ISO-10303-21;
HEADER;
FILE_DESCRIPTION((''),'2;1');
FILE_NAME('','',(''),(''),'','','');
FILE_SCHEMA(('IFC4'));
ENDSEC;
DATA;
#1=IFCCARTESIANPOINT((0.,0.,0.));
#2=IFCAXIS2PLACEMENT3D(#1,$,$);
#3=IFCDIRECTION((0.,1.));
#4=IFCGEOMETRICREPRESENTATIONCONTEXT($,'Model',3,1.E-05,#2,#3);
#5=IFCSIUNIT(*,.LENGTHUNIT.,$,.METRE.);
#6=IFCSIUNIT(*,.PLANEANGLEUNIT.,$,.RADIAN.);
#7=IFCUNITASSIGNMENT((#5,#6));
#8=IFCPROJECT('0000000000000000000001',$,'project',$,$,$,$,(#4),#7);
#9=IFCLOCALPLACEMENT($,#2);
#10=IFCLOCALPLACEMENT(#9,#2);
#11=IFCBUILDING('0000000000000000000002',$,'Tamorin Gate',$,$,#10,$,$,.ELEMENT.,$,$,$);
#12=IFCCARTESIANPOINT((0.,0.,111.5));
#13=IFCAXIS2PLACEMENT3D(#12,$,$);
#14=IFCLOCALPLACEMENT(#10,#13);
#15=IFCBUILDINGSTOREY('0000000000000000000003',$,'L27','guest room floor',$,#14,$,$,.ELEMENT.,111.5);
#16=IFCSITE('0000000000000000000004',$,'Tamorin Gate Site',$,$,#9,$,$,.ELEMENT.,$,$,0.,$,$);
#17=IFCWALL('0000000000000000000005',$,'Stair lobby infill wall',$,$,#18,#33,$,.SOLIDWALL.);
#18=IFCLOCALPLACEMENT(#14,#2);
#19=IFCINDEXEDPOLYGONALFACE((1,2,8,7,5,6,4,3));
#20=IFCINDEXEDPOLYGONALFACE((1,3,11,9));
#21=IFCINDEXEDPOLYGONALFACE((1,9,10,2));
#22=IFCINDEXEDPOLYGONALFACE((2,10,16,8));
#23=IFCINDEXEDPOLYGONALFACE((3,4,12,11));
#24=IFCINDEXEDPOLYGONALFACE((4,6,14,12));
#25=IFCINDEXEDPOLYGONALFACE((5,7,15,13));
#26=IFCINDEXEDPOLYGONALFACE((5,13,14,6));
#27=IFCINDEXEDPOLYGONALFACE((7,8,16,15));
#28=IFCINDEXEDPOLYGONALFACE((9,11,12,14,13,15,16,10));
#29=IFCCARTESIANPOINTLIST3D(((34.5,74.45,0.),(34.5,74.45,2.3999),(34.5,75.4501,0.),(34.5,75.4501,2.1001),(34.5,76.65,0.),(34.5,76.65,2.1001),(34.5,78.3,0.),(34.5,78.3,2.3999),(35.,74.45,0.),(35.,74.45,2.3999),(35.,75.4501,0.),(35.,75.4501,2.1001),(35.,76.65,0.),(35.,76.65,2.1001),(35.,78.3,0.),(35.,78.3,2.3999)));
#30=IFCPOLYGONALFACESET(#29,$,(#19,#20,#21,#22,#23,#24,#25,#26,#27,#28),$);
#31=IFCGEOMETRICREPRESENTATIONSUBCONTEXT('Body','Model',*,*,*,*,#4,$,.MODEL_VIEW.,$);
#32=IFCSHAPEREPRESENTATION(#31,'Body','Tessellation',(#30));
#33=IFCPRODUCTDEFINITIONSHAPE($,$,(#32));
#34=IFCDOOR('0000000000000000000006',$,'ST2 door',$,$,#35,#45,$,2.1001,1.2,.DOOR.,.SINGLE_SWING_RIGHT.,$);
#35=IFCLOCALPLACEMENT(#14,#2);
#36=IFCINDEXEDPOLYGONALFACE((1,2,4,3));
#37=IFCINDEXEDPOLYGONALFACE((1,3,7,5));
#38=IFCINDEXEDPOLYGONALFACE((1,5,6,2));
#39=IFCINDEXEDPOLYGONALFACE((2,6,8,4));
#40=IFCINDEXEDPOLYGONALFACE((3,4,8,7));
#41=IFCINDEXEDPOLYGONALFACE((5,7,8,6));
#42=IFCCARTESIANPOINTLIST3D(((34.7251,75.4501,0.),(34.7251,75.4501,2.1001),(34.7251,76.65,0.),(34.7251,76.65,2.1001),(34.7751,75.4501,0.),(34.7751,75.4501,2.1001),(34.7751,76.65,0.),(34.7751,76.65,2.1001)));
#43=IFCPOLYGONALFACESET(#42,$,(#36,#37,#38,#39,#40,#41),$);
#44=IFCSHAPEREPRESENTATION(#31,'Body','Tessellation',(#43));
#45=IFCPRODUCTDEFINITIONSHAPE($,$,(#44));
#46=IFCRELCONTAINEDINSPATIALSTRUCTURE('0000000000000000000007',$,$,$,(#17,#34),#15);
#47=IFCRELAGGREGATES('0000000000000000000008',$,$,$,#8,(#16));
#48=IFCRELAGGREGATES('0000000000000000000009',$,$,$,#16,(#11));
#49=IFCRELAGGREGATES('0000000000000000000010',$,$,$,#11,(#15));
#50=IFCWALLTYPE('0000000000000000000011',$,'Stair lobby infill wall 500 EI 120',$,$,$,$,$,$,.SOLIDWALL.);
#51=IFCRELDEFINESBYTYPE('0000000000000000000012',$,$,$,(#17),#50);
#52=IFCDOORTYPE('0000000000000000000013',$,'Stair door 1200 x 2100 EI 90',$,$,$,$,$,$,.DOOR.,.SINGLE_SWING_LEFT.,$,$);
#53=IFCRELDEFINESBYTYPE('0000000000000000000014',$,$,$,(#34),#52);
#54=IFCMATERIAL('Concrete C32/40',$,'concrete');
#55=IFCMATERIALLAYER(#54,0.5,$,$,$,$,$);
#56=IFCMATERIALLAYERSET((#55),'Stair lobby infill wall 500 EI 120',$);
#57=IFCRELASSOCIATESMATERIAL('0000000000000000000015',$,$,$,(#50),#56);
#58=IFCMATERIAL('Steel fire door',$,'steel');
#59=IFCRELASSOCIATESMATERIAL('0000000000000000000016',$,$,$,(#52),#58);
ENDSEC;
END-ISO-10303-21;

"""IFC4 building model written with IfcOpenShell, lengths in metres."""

from ifc_helpers import new_model, si_unit, direction, frame, frame_2d, origin, place, context, subcontext, project, spatial, rectangle, extrude, material, layer, layer_set, type_object, element, fill, save


model = new_model("IFC4")

# Units and contexts
model_context = context("Model", 3, precision=1e-05, world=origin(), true_north=direction((0.0, 1.0)))
body_context = subcontext(model_context, "Body", "Model", "MODEL_VIEW")
ifc_project = project(units=[si_unit("LENGTHUNIT", "METRE"), si_unit("PLANEANGLEUNIT", "RADIAN")], contexts=[model_context])

# Site, building, storey
site_placement = place(None, origin())
site = spatial("IfcSite", under=ifc_project, at=site_placement, Name="Tamorin Gate Site", CompositionType="ELEMENT", RefElevation=0.0)
building_placement = place(site_placement, origin())
building = spatial("IfcBuilding", under=site, at=building_placement, Name="Tamorin Gate", CompositionType="ELEMENT")
storey_placement = place(building_placement, frame((0.0, 0.0, 111.5)))
storey = spatial("IfcBuildingStorey", under=building, at=storey_placement, Name="L27", Description="guest room floor", CompositionType="ELEMENT", Elevation=111.5)

# Wall, opening, door
ifc_material_1 = material(Name="Steel fire door", Category="steel")
ifc_material_2 = material(Name="Concrete C32/40", Category="concrete")
ifc_layer_1 = layer(ifc_material_2, 0.5)
ifc_layer_set_1 = layer_set([ifc_layer_1], Name="Stair lobby infill wall 500 EI 120")
wall_type_1 = type_object("IfcWallType", Name="Stair lobby infill wall 500 EI 120", PredefinedType="SOLIDWALL", material=ifc_layer_set_1)
wall_1_placement = place(storey_placement, frame((34.75, 74.45, 0.0), z_axis=(0.0, 0.0, 1.0), x_axis=(0.0, 1.0, 0.0)))
wall_1 = element("IfcWall", 1, at=wall_1_placement, inside=storey, type_object=wall_type_1, Name="Stair lobby infill wall", PredefinedType="SOLIDWALL", context=body_context, shape_type="SweptSolid", body=[
    extrude(rectangle(XDim=3.8501, YDim=0.5, at=frame_2d((1.925, 0.0))), origin(), (0.0, 0.0, 1.0), 2.3999),
])
opening_1_placement = place(wall_1_placement, frame((1.0, 0.0, 0.0)))
opening_1 = element("IfcOpeningElement", 2, at=opening_1_placement, cuts=wall_1, PredefinedType="OPENING", context=body_context, shape_type="SweptSolid", body=[
    extrude(rectangle(XDim=1.2, YDim=2.1001, at=frame_2d((0.6001, 1.05))), frame((0.0, 0.26, 0.0), z_axis=(0.0, -1.0, 0.0), x_axis=(1.0, 0.0, 0.0)), (0.0, 0.0, 1.0), 0.52),
])
door_type_1 = type_object("IfcDoorType", Name="Stair door 1200 x 2100 EI 90", OperationType="SINGLE_SWING_LEFT", PredefinedType="DOOR", material=ifc_material_1)
door_1_placement = place(opening_1_placement, origin())
door_1 = element("IfcDoor", 3, at=door_1_placement, inside=storey, type_object=door_type_1, Name="ST2 door", OperationType="SINGLE_SWING_RIGHT", OverallHeight=2.1001, OverallWidth=1.2, PredefinedType="DOOR", context=body_context, shape_type="SweptSolid", body=[
    extrude(rectangle(XDim=1.2, YDim=2.1001, at=frame_2d((0.6001, 1.05))), frame((0.0, 0.0249, 0.0), z_axis=(0.0, -1.0, 0.0), x_axis=(1.0, 0.0, 0.0)), (0.0, 0.0, 1.0), 0.05),
])
fill(opening_1, door_1)

save(model, "model.ifc")
